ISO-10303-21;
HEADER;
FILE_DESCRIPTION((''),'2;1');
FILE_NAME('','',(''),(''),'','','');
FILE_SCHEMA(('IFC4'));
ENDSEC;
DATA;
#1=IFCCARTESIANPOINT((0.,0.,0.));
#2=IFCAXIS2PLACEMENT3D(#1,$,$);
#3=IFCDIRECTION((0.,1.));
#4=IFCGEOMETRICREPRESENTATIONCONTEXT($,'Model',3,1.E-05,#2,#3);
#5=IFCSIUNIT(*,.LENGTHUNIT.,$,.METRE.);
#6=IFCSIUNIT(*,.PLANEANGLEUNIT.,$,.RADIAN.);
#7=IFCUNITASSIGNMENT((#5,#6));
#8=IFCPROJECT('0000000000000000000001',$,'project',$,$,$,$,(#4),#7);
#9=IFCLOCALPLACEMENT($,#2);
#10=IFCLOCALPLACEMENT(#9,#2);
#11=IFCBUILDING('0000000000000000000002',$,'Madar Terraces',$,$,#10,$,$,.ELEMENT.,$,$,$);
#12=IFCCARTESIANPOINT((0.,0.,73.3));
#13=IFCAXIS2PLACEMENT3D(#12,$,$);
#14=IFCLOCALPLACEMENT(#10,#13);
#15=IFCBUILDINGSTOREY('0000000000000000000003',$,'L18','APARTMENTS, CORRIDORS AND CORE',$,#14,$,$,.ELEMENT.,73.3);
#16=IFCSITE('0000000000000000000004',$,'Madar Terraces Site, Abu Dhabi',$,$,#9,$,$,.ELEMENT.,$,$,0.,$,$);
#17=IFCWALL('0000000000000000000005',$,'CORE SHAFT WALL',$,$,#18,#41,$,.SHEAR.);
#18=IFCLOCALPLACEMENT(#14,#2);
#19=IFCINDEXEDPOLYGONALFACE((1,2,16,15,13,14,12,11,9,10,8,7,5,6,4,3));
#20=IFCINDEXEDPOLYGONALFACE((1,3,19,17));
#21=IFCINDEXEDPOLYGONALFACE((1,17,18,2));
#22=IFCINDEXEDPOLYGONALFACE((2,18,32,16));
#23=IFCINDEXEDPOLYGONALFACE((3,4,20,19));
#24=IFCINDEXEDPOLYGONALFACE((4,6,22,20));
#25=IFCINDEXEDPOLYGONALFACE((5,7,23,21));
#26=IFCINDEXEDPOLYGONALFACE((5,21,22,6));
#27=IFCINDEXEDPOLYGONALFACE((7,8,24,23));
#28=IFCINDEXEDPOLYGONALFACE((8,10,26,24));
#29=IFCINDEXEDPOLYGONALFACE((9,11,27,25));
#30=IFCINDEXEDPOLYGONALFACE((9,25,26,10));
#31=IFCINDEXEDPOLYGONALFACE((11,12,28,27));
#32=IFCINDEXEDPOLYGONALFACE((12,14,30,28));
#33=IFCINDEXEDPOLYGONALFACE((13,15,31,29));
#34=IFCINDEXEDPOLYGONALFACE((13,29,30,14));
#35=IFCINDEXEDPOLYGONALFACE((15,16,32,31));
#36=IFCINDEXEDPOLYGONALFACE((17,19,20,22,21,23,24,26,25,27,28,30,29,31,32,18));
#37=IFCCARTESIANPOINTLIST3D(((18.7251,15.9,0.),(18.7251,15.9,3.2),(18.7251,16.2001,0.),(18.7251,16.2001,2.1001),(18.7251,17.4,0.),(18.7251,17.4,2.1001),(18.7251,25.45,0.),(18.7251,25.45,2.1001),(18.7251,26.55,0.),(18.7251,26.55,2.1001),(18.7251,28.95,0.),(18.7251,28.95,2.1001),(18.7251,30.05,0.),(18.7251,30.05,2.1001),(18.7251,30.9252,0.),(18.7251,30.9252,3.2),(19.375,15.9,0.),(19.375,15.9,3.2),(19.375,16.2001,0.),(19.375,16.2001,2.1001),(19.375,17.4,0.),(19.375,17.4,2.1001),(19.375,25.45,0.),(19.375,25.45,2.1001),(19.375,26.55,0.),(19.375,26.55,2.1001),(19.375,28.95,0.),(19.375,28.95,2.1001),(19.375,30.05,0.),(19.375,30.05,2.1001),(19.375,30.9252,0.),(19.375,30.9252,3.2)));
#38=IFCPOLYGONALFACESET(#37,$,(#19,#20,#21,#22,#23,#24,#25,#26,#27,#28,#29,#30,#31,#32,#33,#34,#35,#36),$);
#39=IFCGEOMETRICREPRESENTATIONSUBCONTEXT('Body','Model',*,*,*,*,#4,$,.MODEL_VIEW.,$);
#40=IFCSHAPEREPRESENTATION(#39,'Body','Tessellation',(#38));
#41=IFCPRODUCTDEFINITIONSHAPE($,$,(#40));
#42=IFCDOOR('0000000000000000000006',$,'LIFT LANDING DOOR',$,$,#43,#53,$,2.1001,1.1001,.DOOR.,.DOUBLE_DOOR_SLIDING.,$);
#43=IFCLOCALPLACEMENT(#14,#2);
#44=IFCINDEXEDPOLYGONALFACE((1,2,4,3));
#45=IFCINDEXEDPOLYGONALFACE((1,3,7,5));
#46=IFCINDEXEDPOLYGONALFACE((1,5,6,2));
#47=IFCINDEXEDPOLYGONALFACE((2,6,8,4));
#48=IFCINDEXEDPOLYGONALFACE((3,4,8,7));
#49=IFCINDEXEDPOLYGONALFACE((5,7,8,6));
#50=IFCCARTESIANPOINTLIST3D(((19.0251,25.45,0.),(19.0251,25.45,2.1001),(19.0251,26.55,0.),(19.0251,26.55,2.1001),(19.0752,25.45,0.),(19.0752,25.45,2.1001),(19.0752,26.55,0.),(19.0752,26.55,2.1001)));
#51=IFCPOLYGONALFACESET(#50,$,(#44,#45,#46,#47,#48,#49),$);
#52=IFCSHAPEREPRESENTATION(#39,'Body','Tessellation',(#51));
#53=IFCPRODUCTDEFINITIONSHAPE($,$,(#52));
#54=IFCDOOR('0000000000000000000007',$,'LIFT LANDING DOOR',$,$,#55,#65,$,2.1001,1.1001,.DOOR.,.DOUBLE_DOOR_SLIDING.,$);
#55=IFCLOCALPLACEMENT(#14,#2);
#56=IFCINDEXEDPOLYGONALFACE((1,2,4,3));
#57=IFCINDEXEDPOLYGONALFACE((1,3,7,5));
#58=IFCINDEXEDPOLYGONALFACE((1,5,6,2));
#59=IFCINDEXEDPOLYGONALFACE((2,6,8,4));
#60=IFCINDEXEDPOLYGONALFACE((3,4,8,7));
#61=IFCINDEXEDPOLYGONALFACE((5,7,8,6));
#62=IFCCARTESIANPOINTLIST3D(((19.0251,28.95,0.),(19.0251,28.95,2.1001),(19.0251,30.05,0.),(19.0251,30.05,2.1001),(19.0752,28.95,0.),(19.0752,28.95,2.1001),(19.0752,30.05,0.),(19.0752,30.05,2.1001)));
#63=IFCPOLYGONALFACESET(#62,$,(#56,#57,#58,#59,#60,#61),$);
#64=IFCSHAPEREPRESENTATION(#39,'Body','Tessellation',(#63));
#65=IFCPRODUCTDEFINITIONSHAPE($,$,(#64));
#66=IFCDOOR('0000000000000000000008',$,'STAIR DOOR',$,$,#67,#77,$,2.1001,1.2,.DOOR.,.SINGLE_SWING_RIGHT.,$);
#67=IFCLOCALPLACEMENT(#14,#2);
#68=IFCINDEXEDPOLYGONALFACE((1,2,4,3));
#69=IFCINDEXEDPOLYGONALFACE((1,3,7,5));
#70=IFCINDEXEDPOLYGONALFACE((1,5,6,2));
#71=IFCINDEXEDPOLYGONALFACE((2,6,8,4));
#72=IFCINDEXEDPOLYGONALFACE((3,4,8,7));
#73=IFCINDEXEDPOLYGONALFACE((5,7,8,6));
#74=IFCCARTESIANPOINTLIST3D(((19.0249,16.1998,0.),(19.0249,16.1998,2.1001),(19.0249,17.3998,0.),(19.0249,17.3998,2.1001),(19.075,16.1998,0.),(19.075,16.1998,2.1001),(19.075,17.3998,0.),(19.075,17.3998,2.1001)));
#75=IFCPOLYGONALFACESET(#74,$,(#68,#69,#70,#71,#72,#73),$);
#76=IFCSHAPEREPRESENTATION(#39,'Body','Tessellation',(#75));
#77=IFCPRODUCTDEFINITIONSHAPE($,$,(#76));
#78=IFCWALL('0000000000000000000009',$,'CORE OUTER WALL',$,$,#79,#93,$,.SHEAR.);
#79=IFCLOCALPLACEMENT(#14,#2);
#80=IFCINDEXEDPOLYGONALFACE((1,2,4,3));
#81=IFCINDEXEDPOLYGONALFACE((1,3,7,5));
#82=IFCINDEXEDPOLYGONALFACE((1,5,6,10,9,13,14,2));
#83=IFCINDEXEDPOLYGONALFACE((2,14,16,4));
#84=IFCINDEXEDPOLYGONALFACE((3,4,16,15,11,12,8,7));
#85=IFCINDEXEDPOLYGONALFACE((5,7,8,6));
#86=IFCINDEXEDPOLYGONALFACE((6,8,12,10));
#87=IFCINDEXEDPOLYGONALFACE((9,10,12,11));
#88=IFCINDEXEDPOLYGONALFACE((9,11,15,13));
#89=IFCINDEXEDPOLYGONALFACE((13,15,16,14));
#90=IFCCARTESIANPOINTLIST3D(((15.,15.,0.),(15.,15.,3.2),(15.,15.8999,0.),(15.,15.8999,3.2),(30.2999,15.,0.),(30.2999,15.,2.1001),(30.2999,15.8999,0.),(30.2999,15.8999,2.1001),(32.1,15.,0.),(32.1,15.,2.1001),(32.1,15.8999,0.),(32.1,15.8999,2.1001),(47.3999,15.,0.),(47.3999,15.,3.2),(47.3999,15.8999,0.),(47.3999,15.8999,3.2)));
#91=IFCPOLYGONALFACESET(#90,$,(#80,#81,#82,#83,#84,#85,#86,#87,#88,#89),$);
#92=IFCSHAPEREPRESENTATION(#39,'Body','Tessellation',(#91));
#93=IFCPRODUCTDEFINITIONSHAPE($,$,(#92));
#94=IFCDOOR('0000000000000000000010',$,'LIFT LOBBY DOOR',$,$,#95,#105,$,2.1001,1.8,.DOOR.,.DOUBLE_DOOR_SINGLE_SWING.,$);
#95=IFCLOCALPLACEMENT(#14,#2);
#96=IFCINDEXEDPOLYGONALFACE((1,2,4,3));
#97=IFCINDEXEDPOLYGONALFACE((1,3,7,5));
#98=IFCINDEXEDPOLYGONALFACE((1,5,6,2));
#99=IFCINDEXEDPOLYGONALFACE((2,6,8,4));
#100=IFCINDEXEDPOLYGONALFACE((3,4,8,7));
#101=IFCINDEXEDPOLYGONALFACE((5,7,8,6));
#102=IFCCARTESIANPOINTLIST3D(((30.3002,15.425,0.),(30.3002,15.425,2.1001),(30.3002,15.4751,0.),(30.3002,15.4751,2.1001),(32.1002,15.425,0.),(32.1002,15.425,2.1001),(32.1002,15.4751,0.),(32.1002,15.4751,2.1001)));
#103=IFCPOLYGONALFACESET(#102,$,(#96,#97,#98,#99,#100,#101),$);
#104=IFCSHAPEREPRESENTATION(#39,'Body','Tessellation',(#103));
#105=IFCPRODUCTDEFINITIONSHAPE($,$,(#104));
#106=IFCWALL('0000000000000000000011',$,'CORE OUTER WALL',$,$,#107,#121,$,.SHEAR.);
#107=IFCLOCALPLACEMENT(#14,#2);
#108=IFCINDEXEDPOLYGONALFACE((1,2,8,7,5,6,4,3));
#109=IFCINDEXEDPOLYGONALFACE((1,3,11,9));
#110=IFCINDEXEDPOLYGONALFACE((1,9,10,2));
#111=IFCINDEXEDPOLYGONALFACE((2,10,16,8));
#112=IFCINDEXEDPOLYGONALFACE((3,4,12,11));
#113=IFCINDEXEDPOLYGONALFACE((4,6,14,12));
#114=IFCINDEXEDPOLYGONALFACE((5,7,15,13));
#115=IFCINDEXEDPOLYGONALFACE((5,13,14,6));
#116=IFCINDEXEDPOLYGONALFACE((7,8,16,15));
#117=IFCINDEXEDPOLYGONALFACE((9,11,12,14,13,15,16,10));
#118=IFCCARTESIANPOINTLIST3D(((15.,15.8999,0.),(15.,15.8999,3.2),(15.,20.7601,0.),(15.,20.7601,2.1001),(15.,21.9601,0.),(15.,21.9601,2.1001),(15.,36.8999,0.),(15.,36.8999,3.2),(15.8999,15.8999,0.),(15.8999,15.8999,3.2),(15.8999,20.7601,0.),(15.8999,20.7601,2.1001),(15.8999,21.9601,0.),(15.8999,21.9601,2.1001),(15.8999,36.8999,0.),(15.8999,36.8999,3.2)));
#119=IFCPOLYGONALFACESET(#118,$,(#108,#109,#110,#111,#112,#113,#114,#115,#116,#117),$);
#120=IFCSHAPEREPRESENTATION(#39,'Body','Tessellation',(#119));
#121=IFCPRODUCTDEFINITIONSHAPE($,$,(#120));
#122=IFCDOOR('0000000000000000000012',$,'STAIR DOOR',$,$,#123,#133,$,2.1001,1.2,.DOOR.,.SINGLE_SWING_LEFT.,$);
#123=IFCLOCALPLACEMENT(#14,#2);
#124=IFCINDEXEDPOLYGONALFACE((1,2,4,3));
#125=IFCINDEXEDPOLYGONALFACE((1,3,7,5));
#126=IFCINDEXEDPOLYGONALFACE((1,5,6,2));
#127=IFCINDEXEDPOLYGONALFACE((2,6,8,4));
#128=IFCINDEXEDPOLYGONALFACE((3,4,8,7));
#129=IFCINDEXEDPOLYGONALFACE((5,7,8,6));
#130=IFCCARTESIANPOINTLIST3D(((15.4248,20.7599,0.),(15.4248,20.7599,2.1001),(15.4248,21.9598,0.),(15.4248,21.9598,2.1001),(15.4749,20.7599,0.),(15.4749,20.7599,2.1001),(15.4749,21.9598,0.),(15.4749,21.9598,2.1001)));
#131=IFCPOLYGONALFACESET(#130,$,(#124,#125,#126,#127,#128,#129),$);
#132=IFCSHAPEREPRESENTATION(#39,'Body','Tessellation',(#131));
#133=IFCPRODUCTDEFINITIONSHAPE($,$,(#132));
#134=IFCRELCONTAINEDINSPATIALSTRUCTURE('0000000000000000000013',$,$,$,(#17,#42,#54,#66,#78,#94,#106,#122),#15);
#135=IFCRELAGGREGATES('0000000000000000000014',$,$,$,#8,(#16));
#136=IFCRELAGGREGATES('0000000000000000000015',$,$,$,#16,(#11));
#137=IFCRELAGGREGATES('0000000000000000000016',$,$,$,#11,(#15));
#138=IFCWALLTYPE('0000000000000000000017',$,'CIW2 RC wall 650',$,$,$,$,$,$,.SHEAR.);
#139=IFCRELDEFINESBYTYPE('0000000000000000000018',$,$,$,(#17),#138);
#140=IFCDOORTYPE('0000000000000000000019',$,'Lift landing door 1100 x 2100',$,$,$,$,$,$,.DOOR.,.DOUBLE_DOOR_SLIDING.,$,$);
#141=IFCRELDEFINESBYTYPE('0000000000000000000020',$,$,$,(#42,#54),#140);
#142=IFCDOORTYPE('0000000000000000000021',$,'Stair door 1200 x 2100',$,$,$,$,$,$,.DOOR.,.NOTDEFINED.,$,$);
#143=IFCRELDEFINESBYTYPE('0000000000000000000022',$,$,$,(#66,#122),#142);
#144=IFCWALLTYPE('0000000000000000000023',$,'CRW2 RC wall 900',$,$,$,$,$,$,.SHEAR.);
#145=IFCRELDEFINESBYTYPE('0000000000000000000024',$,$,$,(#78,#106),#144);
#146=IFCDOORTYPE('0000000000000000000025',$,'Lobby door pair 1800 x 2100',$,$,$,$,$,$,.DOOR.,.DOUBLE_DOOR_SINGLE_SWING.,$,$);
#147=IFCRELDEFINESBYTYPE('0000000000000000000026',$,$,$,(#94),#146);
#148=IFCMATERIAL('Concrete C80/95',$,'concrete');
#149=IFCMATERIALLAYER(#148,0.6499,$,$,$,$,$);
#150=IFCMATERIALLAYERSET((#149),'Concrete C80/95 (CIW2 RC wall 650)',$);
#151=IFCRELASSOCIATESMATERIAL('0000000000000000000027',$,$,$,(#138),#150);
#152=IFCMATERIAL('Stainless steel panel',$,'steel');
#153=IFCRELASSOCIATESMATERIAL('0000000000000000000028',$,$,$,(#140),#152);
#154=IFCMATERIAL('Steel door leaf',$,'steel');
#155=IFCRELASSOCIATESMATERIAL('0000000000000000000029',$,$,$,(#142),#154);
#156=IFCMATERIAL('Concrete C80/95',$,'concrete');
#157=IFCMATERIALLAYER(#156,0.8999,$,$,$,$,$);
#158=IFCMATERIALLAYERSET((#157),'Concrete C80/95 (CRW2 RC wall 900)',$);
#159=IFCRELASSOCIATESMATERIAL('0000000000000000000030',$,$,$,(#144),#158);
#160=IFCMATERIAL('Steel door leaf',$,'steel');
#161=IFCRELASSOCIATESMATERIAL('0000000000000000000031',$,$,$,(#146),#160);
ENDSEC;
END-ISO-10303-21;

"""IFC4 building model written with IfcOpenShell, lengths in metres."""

from ifc_helpers import new_model, si_unit, direction, frame, frame_2d, origin, place, context, subcontext, project, spatial, rectangle, extrude, material, layer, layer_set, type_object, element, fill, save


model = new_model("IFC4")

# Units and contexts
model_context = context("Model", 3, precision=1e-05, world=origin(), true_north=direction((0.0, 1.0)))
body_context = subcontext(model_context, "Body", "Model", "MODEL_VIEW")
ifc_project = project(units=[si_unit("LENGTHUNIT", "METRE"), si_unit("PLANEANGLEUNIT", "RADIAN")], contexts=[model_context])

# Site, building, storey
site_placement = place(None, origin())
site = spatial("IfcSite", under=ifc_project, at=site_placement, Name="Madar Terraces Site, Abu Dhabi", CompositionType="ELEMENT", RefElevation=0.0)
building_placement = place(site_placement, origin())
building = spatial("IfcBuilding", under=site, at=building_placement, Name="Madar Terraces", CompositionType="ELEMENT")
storey_placement = place(building_placement, frame((0.0, 0.0, 73.3)))
storey = spatial("IfcBuildingStorey", under=building, at=storey_placement, Name="L18", Description="APARTMENTS, CORRIDORS AND CORE", CompositionType="ELEMENT", Elevation=73.3)

# Wall, openings, doors
ifc_material_1 = material(Name="Concrete C80/95", Category="concrete")
ifc_layer_1 = layer(ifc_material_1, 0.6499)
ifc_layer_set_1 = layer_set([ifc_layer_1], Name="Concrete C80/95 (CIW2 RC wall 650)")
wall_type_1 = type_object("IfcWallType", Name="CIW2 RC wall 650", PredefinedType="SHEAR", material=ifc_layer_set_1)
wall_1_placement = place(storey_placement, frame((19.05, 15.8999, 0.0), z_axis=(0.0, 0.0, 1.0), x_axis=(0.0, 1.0, 0.0)))
wall_1 = element("IfcWall", 1, at=wall_1_placement, inside=storey, type_object=wall_type_1, Name="CORE SHAFT WALL", PredefinedType="SHEAR", context=body_context, shape_type="SweptSolid", body=[
    extrude(rectangle(XDim=15.0251, YDim=0.6499, at=frame_2d((7.5127, 0.0))), origin(), (0.0, 0.0, 1.0), 3.2),
])
opening_1_placement = place(wall_1_placement, frame((9.55, 0.0, 0.0)))
opening_1 = element("IfcOpeningElement", 2, at=opening_1_placement, cuts=wall_1, PredefinedType="OPENING", context=body_context, shape_type="SweptSolid", body=[
    extrude(rectangle(XDim=1.1001, YDim=2.1001, at=frame_2d((0.55, 1.05))), frame((0.0, 0.335, 0.0), z_axis=(0.0, -1.0, 0.0), x_axis=(1.0, 0.0, 0.0)), (0.0, 0.0, 1.0), 0.6699),
])
opening_2_placement = place(wall_1_placement, frame((13.05, 0.0, 0.0)))
opening_2 = element("IfcOpeningElement", 3, at=opening_2_placement, cuts=wall_1, PredefinedType="OPENING", context=body_context, shape_type="SweptSolid", body=[
    extrude(rectangle(XDim=1.1001, YDim=2.1001, at=frame_2d((0.55, 1.05))), frame((0.0, 0.335, 0.0), z_axis=(0.0, -1.0, 0.0), x_axis=(1.0, 0.0, 0.0)), (0.0, 0.0, 1.0), 0.6699),
])
opening_3_placement = place(wall_1_placement, frame((0.3, 0.0, 0.0)))
opening_3 = element("IfcOpeningElement", 4, at=opening_3_placement, cuts=wall_1, PredefinedType="OPENING", context=body_context, shape_type="SweptSolid", body=[
    extrude(rectangle(XDim=1.2, YDim=2.1001, at=frame_2d((0.6001, 1.05))), frame((0.0, 0.335, 0.0), z_axis=(0.0, -1.0, 0.0), x_axis=(1.0, 0.0, 0.0)), (0.0, 0.0, 1.0), 0.6699),
])
ifc_material_2 = material(Name="Stainless steel panel", Category="steel")
door_type_1 = type_object("IfcDoorType", Name="Lift landing door 1100 x 2100", OperationType="DOUBLE_DOOR_SLIDING", PredefinedType="DOOR", material=ifc_material_2)
door_1_placement = place(opening_1_placement, origin())
door_1 = element("IfcDoor", 5, at=door_1_placement, inside=storey, type_object=door_type_1, Name="LIFT LANDING DOOR", OperationType="DOUBLE_DOOR_SLIDING", OverallHeight=2.1001, OverallWidth=1.1001, PredefinedType="DOOR", context=body_context, shape_type="SweptSolid", body=[
    extrude(rectangle(XDim=1.1001, YDim=2.1001, at=frame_2d((0.55, 1.05))), frame((0.0, 0.0249, 0.0), z_axis=(0.0, -1.0, 0.0), x_axis=(1.0, 0.0, 0.0)), (0.0, 0.0, 1.0), 0.05),
])
fill(opening_1, door_1)
door_2_placement = place(opening_2_placement, origin())
door_2 = element("IfcDoor", 6, at=door_2_placement, inside=storey, type_object=door_type_1, Name="LIFT LANDING DOOR", OperationType="DOUBLE_DOOR_SLIDING", OverallHeight=2.1001, OverallWidth=1.1001, PredefinedType="DOOR", context=body_context, shape_type="SweptSolid", body=[
    extrude(rectangle(XDim=1.1001, YDim=2.1001, at=frame_2d((0.55, 1.05))), frame((0.0, 0.0249, 0.0), z_axis=(0.0, -1.0, 0.0), x_axis=(1.0, 0.0, 0.0)), (0.0, 0.0, 1.0), 0.05),
])
fill(opening_2, door_2)
ifc_material_3 = material(Name="Steel door leaf", Category="steel")
door_type_2 = type_object("IfcDoorType", Name="Stair door 1200 x 2100", OperationType="NOTDEFINED", PredefinedType="DOOR", material=ifc_material_3)
door_3_placement = place(opening_3_placement, frame((1.2, 0.0, 0.0), z_axis=(0.0, 0.0, 1.0), x_axis=(-1.0, 0.0, 0.0)))
door_3 = element("IfcDoor", 7, at=door_3_placement, inside=storey, type_object=door_type_2, Name="STAIR DOOR", OperationType="SINGLE_SWING_RIGHT", OverallHeight=2.1001, OverallWidth=1.2, PredefinedType="DOOR", context=body_context, shape_type="SweptSolid", body=[
    extrude(rectangle(XDim=1.2, YDim=2.1001, at=frame_2d((0.6001, 1.05))), frame((0.0, 0.0249, 0.0), z_axis=(0.0, -1.0, 0.0), x_axis=(1.0, 0.0, 0.0)), (0.0, 0.0, 1.0), 0.05),
])
fill(opening_3, door_3)

# Walls, openings, doors
ifc_material_4 = material(Name="Concrete C80/95", Category="concrete")
ifc_layer_2 = layer(ifc_material_4, 0.8999)
ifc_layer_set_2 = layer_set([ifc_layer_2], Name="Concrete C80/95 (CRW2 RC wall 900)")
wall_type_2 = type_object("IfcWallType", Name="CRW2 RC wall 900", PredefinedType="SHEAR", material=ifc_layer_set_2)
wall_2_placement = place(storey_placement, frame((15.0, 15.45, 0.0), z_axis=(0.0, 0.0, 1.0), x_axis=(1.0, 0.0, 0.0)))
wall_2 = element("IfcWall", 8, at=wall_2_placement, inside=storey, type_object=wall_type_2, Name="CORE OUTER WALL", PredefinedType="SHEAR", context=body_context, shape_type="SweptSolid", body=[
    extrude(rectangle(XDim=32.3999, YDim=0.8999, at=frame_2d((16.2, 0.0))), origin(), (0.0, 0.0, 1.0), 3.2),
])
opening_4_placement = place(wall_2_placement, frame((15.3, 0.0, 0.0)))
opening_4 = element("IfcOpeningElement", 9, at=opening_4_placement, cuts=wall_2, PredefinedType="OPENING", context=body_context, shape_type="SweptSolid", body=[
    extrude(rectangle(XDim=1.8, YDim=2.1001, at=frame_2d((0.8999, 1.05))), frame((0.0, 0.46, 0.0), z_axis=(0.0, -1.0, 0.0), x_axis=(1.0, 0.0, 0.0)), (0.0, 0.0, 1.0), 0.9199),
])
ifc_material_5 = material(Name="Steel door leaf", Category="steel")
door_type_3 = type_object("IfcDoorType", Name="Lobby door pair 1800 x 2100", OperationType="DOUBLE_DOOR_SINGLE_SWING", PredefinedType="DOOR", material=ifc_material_5)
door_4_placement = place(opening_4_placement, frame((1.8, 0.0, 0.0), z_axis=(0.0, 0.0, 1.0), x_axis=(-1.0, 0.0, 0.0)))
door_4 = element("IfcDoor", 10, at=door_4_placement, inside=storey, type_object=door_type_3, Name="LIFT LOBBY DOOR", OperationType="DOUBLE_DOOR_SINGLE_SWING", OverallHeight=2.1001, OverallWidth=1.8, PredefinedType="DOOR", context=body_context, shape_type="SweptSolid", body=[
    extrude(rectangle(XDim=1.8, YDim=2.1001, at=frame_2d((0.8999, 1.05))), frame((0.0, 0.0249, 0.0), z_axis=(0.0, -1.0, 0.0), x_axis=(1.0, 0.0, 0.0)), (0.0, 0.0, 1.0), 0.05),
])
fill(opening_4, door_4)
wall_3_placement = place(storey_placement, frame((15.45, 15.8999, 0.0), z_axis=(0.0, 0.0, 1.0), x_axis=(0.0, 1.0, 0.0)))
wall_3 = element("IfcWall", 11, at=wall_3_placement, inside=storey, type_object=wall_type_2, Name="CORE OUTER WALL", PredefinedType="SHEAR", context=body_context, shape_type="SweptSolid", body=[
    extrude(rectangle(XDim=21.0, YDim=0.8999, at=frame_2d((10.5, 0.0))), origin(), (0.0, 0.0, 1.0), 3.2),
])
opening_5_placement = place(wall_3_placement, frame((4.8601, 0.0, 0.0)))
opening_5 = element("IfcOpeningElement", 12, at=opening_5_placement, cuts=wall_3, PredefinedType="OPENING", context=body_context, shape_type="SweptSolid", body=[
    extrude(rectangle(XDim=1.2, YDim=2.1001, at=frame_2d((0.6001, 1.05))), frame((0.0, 0.46, 0.0), z_axis=(0.0, -1.0, 0.0), x_axis=(1.0, 0.0, 0.0)), (0.0, 0.0, 1.0), 0.9199),
])
door_5_placement = place(opening_5_placement, frame((1.2, 0.0, 0.0), z_axis=(0.0, 0.0, 1.0), x_axis=(-1.0, 0.0, 0.0)))
door_5 = element("IfcDoor", 13, at=door_5_placement, inside=storey, type_object=door_type_2, Name="STAIR DOOR", OperationType="SINGLE_SWING_LEFT", OverallHeight=2.1001, OverallWidth=1.2, PredefinedType="DOOR", context=body_context, shape_type="SweptSolid", body=[
    extrude(rectangle(XDim=1.2, YDim=2.1001, at=frame_2d((0.6001, 1.05))), frame((0.0, 0.0249, 0.0), z_axis=(0.0, -1.0, 0.0), x_axis=(1.0, 0.0, 0.0)), (0.0, 0.0, 1.0), 0.05),
])
fill(opening_5, door_5)

save(model, "model.ifc")
